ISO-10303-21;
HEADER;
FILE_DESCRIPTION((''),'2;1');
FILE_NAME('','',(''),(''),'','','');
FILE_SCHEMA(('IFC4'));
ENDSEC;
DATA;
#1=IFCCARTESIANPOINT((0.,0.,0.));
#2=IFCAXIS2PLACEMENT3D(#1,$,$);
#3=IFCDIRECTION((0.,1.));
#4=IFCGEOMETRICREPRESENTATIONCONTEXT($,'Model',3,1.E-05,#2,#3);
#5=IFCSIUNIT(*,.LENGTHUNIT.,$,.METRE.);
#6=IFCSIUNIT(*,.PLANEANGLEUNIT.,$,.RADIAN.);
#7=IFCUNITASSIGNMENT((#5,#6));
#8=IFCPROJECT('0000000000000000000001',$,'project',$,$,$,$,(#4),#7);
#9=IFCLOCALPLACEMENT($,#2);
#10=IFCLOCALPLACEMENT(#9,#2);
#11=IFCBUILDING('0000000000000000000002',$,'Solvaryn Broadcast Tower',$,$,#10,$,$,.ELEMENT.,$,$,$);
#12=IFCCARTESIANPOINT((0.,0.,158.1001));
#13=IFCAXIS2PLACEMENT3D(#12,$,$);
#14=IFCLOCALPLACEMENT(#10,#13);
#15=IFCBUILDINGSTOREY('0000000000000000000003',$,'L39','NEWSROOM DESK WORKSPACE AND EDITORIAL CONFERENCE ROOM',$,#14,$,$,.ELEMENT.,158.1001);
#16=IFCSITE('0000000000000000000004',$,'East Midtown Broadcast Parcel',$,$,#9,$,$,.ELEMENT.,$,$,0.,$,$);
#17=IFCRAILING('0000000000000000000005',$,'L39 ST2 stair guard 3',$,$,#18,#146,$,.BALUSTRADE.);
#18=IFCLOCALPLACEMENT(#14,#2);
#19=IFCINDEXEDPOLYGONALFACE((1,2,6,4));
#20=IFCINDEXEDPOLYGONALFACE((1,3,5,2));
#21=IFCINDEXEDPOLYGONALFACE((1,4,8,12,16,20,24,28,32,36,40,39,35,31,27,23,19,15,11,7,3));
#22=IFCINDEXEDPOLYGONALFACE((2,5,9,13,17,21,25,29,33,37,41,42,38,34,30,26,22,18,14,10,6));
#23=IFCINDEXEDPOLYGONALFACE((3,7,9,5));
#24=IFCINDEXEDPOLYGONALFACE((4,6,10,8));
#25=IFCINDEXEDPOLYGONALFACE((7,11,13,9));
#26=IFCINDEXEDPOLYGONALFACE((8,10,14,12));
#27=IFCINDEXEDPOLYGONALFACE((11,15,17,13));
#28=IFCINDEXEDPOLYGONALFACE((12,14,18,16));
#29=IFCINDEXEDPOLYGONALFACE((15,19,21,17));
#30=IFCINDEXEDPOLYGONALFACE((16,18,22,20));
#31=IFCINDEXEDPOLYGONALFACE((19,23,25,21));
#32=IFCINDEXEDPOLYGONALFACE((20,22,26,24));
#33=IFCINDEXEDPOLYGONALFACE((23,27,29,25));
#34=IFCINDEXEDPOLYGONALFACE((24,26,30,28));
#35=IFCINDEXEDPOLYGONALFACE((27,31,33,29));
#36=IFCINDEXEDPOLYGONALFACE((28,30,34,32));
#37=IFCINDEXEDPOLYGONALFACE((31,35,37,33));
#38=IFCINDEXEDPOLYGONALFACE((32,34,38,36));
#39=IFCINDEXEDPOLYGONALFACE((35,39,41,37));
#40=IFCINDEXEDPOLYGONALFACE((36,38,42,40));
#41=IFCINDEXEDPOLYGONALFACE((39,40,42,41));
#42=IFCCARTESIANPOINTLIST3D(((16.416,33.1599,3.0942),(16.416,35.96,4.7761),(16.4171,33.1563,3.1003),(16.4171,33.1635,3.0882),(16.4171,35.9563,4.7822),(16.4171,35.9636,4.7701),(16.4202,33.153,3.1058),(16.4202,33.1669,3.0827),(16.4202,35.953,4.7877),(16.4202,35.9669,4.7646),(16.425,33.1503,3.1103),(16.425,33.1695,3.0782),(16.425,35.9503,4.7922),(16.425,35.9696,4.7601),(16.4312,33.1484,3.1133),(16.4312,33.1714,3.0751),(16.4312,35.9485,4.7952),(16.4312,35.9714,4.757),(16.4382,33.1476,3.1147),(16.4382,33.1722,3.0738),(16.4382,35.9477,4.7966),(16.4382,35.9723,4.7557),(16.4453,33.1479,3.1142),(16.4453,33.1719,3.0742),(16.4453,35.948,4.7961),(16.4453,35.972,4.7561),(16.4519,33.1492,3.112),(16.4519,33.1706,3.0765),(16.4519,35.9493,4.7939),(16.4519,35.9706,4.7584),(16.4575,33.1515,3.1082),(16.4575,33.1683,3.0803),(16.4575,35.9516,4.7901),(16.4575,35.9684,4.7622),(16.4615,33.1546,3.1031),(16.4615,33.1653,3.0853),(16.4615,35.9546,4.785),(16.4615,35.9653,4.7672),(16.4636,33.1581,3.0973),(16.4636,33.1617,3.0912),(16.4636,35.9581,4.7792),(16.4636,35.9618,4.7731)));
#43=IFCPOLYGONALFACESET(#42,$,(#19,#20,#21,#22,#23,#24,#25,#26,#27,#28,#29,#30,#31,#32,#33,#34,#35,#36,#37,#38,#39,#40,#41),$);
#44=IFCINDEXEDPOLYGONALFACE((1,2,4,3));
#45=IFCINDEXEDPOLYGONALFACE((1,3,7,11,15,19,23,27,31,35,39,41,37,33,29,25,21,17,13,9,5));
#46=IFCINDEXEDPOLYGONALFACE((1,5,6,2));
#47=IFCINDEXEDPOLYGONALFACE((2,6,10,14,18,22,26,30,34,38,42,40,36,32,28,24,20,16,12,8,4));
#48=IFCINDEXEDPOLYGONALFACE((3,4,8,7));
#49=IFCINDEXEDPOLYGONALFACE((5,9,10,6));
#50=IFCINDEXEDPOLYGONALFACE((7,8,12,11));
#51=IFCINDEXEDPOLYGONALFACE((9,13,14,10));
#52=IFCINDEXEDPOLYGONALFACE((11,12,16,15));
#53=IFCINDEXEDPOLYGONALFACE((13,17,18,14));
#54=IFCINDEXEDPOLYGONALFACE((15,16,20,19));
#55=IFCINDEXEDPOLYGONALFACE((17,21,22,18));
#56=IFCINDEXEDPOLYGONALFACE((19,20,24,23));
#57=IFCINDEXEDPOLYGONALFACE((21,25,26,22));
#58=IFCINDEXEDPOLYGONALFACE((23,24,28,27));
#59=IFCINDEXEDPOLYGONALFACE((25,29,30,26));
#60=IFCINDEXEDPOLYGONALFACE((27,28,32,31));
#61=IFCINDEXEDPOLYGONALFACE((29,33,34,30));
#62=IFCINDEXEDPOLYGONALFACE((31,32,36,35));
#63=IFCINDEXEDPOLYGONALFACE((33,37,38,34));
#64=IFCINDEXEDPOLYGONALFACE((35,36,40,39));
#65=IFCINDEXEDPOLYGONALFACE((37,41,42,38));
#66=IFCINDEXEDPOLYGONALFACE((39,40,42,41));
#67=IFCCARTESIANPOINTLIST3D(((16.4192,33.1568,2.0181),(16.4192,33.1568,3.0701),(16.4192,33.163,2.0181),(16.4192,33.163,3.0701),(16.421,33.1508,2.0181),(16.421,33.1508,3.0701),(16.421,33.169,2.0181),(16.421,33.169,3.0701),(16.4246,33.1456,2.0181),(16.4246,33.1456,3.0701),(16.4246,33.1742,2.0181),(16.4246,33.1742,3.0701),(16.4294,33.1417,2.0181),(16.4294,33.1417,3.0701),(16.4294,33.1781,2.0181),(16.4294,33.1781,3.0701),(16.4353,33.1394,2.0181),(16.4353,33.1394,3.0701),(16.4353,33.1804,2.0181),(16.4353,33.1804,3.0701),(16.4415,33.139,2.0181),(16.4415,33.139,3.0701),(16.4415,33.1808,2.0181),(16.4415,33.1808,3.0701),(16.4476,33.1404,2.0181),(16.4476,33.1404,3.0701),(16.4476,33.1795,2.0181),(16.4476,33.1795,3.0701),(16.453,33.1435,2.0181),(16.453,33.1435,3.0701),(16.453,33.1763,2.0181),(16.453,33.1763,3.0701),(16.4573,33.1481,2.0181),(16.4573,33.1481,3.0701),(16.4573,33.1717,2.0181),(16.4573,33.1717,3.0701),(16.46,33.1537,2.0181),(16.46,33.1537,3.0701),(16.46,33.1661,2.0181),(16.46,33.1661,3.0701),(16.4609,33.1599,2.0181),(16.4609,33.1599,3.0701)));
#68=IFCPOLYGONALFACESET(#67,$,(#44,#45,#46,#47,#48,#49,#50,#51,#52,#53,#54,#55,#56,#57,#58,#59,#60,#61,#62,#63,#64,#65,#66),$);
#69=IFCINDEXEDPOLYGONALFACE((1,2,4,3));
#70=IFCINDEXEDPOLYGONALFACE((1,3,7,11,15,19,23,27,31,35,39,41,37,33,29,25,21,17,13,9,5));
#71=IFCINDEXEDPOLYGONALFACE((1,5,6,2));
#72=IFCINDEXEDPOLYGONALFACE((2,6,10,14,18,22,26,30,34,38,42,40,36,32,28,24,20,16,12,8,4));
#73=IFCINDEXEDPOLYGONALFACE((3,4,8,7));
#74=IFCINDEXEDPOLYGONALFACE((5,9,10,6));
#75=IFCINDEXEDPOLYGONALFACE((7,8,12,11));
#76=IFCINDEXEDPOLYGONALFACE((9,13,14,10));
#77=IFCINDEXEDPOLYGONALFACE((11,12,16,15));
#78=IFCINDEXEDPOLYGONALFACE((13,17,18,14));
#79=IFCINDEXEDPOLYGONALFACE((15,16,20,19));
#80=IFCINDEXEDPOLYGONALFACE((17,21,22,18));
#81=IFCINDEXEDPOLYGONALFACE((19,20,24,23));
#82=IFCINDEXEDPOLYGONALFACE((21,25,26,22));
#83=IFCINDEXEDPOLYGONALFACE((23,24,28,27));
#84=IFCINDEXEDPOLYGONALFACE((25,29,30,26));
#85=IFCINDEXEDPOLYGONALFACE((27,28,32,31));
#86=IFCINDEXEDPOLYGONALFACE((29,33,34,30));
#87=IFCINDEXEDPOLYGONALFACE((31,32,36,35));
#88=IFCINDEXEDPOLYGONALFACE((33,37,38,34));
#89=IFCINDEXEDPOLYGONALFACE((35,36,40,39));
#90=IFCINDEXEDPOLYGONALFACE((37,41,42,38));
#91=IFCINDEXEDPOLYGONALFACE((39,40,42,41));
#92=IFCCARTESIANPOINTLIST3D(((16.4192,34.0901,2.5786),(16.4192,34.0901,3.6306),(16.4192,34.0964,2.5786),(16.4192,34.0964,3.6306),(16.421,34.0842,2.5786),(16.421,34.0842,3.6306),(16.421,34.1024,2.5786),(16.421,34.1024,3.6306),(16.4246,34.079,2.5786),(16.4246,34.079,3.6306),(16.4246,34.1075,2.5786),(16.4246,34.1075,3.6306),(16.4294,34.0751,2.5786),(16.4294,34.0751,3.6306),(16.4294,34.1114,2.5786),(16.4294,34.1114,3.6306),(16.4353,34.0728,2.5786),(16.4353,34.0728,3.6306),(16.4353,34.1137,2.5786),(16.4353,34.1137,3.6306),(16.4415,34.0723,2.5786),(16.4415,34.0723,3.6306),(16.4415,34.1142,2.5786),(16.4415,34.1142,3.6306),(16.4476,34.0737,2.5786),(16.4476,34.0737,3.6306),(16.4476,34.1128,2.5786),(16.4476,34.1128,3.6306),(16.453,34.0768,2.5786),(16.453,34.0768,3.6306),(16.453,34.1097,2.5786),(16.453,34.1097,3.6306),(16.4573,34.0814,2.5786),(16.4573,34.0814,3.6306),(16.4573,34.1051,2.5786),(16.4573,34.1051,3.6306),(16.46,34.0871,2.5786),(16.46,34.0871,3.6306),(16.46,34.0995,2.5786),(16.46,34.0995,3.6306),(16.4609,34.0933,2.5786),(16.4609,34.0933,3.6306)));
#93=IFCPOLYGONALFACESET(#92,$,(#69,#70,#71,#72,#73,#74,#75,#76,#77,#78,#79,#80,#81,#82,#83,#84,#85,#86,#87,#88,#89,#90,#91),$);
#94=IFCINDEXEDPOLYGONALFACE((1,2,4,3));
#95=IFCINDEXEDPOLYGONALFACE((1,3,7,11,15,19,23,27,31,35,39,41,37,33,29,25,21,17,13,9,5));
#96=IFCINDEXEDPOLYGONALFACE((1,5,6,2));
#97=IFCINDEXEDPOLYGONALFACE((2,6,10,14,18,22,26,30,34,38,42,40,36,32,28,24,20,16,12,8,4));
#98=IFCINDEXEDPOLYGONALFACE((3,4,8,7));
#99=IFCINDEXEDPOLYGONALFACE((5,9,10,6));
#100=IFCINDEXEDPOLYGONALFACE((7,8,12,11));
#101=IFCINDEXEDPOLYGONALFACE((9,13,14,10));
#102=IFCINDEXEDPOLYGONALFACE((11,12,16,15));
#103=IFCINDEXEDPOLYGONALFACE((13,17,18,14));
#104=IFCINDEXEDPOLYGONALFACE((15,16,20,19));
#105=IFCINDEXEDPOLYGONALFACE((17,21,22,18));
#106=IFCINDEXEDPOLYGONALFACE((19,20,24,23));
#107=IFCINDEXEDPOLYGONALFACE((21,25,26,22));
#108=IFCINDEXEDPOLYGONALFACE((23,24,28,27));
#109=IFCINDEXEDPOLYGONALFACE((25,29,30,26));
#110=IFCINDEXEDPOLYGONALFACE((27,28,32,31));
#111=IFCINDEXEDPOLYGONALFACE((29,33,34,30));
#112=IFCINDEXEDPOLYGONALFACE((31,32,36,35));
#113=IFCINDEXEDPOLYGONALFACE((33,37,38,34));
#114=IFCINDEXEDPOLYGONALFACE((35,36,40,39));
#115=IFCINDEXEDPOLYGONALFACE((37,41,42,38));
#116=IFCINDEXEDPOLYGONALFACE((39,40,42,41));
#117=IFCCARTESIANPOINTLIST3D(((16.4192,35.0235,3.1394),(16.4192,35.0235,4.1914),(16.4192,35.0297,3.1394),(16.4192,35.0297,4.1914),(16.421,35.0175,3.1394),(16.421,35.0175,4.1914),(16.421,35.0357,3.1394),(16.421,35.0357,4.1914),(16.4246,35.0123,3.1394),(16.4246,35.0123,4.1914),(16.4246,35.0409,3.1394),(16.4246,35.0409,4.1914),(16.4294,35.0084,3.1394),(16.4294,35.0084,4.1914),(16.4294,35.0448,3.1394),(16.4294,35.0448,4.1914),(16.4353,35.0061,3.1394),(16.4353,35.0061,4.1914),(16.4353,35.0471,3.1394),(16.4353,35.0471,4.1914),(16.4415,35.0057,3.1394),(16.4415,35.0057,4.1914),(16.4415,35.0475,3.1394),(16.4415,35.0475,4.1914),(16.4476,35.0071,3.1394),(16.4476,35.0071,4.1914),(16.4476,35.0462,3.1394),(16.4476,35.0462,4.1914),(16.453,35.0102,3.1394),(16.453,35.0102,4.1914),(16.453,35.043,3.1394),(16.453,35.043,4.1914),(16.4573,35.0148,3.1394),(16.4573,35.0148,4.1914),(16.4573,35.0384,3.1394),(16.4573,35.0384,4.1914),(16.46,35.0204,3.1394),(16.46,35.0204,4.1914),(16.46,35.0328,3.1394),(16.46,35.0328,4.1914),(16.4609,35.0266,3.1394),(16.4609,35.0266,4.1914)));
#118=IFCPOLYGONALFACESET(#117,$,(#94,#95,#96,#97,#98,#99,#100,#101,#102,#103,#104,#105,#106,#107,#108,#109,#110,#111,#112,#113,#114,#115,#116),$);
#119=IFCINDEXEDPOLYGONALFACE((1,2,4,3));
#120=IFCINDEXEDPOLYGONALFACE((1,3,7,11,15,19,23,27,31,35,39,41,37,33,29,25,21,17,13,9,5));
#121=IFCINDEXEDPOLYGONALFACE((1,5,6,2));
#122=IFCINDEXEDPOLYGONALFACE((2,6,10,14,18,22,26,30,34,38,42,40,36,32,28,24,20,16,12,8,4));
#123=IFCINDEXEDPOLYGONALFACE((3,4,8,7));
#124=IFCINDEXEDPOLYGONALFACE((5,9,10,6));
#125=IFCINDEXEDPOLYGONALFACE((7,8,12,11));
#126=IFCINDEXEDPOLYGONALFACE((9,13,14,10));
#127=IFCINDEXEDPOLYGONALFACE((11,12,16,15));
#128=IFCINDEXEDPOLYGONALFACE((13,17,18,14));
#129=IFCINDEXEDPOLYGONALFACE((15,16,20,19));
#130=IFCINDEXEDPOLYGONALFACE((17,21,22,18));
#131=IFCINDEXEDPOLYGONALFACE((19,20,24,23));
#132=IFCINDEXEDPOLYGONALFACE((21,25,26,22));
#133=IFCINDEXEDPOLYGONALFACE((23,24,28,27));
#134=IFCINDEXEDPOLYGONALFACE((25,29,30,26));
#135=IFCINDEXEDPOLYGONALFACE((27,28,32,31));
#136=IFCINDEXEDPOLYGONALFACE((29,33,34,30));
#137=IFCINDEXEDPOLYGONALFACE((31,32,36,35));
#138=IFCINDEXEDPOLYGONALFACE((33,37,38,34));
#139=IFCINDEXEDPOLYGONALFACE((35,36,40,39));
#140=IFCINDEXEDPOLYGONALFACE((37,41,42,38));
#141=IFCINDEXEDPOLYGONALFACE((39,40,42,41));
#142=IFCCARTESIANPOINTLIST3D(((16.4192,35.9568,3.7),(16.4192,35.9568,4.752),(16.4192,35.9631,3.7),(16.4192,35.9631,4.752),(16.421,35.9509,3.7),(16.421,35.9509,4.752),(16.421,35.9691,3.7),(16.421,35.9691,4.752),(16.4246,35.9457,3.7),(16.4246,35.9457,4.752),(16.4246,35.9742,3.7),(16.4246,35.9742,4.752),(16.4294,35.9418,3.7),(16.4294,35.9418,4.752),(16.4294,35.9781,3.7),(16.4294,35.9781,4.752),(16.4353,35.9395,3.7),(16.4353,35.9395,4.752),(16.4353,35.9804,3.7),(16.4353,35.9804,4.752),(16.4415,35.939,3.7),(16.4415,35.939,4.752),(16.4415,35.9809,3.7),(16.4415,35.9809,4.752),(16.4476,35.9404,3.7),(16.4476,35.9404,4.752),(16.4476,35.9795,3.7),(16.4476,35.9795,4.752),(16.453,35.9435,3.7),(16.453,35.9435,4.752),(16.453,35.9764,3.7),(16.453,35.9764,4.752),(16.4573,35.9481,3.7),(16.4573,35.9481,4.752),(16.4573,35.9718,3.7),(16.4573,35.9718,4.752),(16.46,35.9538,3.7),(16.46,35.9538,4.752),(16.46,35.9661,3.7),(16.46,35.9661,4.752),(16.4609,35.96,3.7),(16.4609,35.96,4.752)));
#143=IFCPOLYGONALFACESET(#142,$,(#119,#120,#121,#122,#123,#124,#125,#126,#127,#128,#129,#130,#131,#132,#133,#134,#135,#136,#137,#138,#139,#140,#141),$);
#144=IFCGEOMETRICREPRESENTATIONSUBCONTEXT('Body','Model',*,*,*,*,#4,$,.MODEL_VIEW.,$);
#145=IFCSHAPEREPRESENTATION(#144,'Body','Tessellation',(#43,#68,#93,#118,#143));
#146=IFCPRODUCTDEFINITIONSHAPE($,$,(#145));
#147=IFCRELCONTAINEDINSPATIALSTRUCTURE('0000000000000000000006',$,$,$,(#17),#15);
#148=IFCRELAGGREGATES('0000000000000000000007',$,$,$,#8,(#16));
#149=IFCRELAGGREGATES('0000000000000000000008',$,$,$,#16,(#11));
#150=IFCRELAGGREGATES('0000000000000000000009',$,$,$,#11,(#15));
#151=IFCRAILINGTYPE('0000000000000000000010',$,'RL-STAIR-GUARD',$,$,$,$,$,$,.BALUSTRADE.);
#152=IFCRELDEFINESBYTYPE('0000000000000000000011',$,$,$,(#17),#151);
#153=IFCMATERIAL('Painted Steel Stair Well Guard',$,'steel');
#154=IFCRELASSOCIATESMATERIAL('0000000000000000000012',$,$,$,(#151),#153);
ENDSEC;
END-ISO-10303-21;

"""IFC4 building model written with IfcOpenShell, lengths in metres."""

from ifc_helpers import new_model, si_unit, direction, frame, origin, origin_2d, place, context, subcontext, project, spatial, circle, extrude, material, type_object, element, save


model = new_model("IFC4")

# Units and contexts
model_context = context("Model", 3, precision=1e-05, world=origin(), true_north=direction((0.0, 1.0)))
body_context = subcontext(model_context, "Body", "Model", "MODEL_VIEW")
ifc_project = project(units=[si_unit("LENGTHUNIT", "METRE"), si_unit("PLANEANGLEUNIT", "RADIAN")], contexts=[model_context])

# Site, building, storey
site_placement = place(None, origin())
site = spatial("IfcSite", under=ifc_project, at=site_placement, Name="East Midtown Broadcast Parcel", CompositionType="ELEMENT", RefElevation=0.0)
building_placement = place(site_placement, origin())
building = spatial("IfcBuilding", under=site, at=building_placement, Name="Solvaryn Broadcast Tower", CompositionType="ELEMENT")
storey_placement = place(building_placement, frame((0.0, 0.0, 158.1001)))
storey = spatial("IfcBuildingStorey", under=building, at=storey_placement, Name="L39", Description="NEWSROOM DESK WORKSPACE AND EDITORIAL CONFERENCE ROOM", CompositionType="ELEMENT", Elevation=158.1001)

# Railing
ifc_material_1 = material(Name="Painted Steel Stair Well Guard", Category="steel")
railing_type_1 = type_object("IfcRailingType", Name="RL-STAIR-GUARD", PredefinedType="BALUSTRADE", material=ifc_material_1)
railing_1_placement = place(storey_placement, frame((16.4399, 33.1599, 2.0181)))
element("IfcRailing", 1, at=railing_1_placement, inside=storey, type_object=railing_type_1, Name="L39 ST2 stair guard 3", PredefinedType="BALUSTRADE", context=body_context, shape_type="SweptSolid", body=[
    extrude(circle(Radius=0.0239, at=origin_2d()), frame((0.0, 0.0, 1.0762), z_axis=(0.0, 0.857242, 0.514913), x_axis=(-1.0, 0.0, 0.0)), (0.0, 0.0, 1.0), 3.2664),
    extrude(circle(Radius=0.021, at=origin_2d()), origin(), (0.0, 0.0, 1.0), 1.052),
    extrude(circle(Radius=0.021, at=origin_2d()), frame((0.0, 0.9333, 0.5605)), (0.0, 0.0, 1.0), 1.052),
    extrude(circle(Radius=0.021, at=origin_2d()), frame((0.0, 1.8667, 1.1213)), (0.0, 0.0, 1.0), 1.052),
    extrude(circle(Radius=0.021, at=origin_2d()), frame((0.0, 2.8, 1.6819)), (0.0, 0.0, 1.0), 1.052),
])

save(model, "model.ifc")
